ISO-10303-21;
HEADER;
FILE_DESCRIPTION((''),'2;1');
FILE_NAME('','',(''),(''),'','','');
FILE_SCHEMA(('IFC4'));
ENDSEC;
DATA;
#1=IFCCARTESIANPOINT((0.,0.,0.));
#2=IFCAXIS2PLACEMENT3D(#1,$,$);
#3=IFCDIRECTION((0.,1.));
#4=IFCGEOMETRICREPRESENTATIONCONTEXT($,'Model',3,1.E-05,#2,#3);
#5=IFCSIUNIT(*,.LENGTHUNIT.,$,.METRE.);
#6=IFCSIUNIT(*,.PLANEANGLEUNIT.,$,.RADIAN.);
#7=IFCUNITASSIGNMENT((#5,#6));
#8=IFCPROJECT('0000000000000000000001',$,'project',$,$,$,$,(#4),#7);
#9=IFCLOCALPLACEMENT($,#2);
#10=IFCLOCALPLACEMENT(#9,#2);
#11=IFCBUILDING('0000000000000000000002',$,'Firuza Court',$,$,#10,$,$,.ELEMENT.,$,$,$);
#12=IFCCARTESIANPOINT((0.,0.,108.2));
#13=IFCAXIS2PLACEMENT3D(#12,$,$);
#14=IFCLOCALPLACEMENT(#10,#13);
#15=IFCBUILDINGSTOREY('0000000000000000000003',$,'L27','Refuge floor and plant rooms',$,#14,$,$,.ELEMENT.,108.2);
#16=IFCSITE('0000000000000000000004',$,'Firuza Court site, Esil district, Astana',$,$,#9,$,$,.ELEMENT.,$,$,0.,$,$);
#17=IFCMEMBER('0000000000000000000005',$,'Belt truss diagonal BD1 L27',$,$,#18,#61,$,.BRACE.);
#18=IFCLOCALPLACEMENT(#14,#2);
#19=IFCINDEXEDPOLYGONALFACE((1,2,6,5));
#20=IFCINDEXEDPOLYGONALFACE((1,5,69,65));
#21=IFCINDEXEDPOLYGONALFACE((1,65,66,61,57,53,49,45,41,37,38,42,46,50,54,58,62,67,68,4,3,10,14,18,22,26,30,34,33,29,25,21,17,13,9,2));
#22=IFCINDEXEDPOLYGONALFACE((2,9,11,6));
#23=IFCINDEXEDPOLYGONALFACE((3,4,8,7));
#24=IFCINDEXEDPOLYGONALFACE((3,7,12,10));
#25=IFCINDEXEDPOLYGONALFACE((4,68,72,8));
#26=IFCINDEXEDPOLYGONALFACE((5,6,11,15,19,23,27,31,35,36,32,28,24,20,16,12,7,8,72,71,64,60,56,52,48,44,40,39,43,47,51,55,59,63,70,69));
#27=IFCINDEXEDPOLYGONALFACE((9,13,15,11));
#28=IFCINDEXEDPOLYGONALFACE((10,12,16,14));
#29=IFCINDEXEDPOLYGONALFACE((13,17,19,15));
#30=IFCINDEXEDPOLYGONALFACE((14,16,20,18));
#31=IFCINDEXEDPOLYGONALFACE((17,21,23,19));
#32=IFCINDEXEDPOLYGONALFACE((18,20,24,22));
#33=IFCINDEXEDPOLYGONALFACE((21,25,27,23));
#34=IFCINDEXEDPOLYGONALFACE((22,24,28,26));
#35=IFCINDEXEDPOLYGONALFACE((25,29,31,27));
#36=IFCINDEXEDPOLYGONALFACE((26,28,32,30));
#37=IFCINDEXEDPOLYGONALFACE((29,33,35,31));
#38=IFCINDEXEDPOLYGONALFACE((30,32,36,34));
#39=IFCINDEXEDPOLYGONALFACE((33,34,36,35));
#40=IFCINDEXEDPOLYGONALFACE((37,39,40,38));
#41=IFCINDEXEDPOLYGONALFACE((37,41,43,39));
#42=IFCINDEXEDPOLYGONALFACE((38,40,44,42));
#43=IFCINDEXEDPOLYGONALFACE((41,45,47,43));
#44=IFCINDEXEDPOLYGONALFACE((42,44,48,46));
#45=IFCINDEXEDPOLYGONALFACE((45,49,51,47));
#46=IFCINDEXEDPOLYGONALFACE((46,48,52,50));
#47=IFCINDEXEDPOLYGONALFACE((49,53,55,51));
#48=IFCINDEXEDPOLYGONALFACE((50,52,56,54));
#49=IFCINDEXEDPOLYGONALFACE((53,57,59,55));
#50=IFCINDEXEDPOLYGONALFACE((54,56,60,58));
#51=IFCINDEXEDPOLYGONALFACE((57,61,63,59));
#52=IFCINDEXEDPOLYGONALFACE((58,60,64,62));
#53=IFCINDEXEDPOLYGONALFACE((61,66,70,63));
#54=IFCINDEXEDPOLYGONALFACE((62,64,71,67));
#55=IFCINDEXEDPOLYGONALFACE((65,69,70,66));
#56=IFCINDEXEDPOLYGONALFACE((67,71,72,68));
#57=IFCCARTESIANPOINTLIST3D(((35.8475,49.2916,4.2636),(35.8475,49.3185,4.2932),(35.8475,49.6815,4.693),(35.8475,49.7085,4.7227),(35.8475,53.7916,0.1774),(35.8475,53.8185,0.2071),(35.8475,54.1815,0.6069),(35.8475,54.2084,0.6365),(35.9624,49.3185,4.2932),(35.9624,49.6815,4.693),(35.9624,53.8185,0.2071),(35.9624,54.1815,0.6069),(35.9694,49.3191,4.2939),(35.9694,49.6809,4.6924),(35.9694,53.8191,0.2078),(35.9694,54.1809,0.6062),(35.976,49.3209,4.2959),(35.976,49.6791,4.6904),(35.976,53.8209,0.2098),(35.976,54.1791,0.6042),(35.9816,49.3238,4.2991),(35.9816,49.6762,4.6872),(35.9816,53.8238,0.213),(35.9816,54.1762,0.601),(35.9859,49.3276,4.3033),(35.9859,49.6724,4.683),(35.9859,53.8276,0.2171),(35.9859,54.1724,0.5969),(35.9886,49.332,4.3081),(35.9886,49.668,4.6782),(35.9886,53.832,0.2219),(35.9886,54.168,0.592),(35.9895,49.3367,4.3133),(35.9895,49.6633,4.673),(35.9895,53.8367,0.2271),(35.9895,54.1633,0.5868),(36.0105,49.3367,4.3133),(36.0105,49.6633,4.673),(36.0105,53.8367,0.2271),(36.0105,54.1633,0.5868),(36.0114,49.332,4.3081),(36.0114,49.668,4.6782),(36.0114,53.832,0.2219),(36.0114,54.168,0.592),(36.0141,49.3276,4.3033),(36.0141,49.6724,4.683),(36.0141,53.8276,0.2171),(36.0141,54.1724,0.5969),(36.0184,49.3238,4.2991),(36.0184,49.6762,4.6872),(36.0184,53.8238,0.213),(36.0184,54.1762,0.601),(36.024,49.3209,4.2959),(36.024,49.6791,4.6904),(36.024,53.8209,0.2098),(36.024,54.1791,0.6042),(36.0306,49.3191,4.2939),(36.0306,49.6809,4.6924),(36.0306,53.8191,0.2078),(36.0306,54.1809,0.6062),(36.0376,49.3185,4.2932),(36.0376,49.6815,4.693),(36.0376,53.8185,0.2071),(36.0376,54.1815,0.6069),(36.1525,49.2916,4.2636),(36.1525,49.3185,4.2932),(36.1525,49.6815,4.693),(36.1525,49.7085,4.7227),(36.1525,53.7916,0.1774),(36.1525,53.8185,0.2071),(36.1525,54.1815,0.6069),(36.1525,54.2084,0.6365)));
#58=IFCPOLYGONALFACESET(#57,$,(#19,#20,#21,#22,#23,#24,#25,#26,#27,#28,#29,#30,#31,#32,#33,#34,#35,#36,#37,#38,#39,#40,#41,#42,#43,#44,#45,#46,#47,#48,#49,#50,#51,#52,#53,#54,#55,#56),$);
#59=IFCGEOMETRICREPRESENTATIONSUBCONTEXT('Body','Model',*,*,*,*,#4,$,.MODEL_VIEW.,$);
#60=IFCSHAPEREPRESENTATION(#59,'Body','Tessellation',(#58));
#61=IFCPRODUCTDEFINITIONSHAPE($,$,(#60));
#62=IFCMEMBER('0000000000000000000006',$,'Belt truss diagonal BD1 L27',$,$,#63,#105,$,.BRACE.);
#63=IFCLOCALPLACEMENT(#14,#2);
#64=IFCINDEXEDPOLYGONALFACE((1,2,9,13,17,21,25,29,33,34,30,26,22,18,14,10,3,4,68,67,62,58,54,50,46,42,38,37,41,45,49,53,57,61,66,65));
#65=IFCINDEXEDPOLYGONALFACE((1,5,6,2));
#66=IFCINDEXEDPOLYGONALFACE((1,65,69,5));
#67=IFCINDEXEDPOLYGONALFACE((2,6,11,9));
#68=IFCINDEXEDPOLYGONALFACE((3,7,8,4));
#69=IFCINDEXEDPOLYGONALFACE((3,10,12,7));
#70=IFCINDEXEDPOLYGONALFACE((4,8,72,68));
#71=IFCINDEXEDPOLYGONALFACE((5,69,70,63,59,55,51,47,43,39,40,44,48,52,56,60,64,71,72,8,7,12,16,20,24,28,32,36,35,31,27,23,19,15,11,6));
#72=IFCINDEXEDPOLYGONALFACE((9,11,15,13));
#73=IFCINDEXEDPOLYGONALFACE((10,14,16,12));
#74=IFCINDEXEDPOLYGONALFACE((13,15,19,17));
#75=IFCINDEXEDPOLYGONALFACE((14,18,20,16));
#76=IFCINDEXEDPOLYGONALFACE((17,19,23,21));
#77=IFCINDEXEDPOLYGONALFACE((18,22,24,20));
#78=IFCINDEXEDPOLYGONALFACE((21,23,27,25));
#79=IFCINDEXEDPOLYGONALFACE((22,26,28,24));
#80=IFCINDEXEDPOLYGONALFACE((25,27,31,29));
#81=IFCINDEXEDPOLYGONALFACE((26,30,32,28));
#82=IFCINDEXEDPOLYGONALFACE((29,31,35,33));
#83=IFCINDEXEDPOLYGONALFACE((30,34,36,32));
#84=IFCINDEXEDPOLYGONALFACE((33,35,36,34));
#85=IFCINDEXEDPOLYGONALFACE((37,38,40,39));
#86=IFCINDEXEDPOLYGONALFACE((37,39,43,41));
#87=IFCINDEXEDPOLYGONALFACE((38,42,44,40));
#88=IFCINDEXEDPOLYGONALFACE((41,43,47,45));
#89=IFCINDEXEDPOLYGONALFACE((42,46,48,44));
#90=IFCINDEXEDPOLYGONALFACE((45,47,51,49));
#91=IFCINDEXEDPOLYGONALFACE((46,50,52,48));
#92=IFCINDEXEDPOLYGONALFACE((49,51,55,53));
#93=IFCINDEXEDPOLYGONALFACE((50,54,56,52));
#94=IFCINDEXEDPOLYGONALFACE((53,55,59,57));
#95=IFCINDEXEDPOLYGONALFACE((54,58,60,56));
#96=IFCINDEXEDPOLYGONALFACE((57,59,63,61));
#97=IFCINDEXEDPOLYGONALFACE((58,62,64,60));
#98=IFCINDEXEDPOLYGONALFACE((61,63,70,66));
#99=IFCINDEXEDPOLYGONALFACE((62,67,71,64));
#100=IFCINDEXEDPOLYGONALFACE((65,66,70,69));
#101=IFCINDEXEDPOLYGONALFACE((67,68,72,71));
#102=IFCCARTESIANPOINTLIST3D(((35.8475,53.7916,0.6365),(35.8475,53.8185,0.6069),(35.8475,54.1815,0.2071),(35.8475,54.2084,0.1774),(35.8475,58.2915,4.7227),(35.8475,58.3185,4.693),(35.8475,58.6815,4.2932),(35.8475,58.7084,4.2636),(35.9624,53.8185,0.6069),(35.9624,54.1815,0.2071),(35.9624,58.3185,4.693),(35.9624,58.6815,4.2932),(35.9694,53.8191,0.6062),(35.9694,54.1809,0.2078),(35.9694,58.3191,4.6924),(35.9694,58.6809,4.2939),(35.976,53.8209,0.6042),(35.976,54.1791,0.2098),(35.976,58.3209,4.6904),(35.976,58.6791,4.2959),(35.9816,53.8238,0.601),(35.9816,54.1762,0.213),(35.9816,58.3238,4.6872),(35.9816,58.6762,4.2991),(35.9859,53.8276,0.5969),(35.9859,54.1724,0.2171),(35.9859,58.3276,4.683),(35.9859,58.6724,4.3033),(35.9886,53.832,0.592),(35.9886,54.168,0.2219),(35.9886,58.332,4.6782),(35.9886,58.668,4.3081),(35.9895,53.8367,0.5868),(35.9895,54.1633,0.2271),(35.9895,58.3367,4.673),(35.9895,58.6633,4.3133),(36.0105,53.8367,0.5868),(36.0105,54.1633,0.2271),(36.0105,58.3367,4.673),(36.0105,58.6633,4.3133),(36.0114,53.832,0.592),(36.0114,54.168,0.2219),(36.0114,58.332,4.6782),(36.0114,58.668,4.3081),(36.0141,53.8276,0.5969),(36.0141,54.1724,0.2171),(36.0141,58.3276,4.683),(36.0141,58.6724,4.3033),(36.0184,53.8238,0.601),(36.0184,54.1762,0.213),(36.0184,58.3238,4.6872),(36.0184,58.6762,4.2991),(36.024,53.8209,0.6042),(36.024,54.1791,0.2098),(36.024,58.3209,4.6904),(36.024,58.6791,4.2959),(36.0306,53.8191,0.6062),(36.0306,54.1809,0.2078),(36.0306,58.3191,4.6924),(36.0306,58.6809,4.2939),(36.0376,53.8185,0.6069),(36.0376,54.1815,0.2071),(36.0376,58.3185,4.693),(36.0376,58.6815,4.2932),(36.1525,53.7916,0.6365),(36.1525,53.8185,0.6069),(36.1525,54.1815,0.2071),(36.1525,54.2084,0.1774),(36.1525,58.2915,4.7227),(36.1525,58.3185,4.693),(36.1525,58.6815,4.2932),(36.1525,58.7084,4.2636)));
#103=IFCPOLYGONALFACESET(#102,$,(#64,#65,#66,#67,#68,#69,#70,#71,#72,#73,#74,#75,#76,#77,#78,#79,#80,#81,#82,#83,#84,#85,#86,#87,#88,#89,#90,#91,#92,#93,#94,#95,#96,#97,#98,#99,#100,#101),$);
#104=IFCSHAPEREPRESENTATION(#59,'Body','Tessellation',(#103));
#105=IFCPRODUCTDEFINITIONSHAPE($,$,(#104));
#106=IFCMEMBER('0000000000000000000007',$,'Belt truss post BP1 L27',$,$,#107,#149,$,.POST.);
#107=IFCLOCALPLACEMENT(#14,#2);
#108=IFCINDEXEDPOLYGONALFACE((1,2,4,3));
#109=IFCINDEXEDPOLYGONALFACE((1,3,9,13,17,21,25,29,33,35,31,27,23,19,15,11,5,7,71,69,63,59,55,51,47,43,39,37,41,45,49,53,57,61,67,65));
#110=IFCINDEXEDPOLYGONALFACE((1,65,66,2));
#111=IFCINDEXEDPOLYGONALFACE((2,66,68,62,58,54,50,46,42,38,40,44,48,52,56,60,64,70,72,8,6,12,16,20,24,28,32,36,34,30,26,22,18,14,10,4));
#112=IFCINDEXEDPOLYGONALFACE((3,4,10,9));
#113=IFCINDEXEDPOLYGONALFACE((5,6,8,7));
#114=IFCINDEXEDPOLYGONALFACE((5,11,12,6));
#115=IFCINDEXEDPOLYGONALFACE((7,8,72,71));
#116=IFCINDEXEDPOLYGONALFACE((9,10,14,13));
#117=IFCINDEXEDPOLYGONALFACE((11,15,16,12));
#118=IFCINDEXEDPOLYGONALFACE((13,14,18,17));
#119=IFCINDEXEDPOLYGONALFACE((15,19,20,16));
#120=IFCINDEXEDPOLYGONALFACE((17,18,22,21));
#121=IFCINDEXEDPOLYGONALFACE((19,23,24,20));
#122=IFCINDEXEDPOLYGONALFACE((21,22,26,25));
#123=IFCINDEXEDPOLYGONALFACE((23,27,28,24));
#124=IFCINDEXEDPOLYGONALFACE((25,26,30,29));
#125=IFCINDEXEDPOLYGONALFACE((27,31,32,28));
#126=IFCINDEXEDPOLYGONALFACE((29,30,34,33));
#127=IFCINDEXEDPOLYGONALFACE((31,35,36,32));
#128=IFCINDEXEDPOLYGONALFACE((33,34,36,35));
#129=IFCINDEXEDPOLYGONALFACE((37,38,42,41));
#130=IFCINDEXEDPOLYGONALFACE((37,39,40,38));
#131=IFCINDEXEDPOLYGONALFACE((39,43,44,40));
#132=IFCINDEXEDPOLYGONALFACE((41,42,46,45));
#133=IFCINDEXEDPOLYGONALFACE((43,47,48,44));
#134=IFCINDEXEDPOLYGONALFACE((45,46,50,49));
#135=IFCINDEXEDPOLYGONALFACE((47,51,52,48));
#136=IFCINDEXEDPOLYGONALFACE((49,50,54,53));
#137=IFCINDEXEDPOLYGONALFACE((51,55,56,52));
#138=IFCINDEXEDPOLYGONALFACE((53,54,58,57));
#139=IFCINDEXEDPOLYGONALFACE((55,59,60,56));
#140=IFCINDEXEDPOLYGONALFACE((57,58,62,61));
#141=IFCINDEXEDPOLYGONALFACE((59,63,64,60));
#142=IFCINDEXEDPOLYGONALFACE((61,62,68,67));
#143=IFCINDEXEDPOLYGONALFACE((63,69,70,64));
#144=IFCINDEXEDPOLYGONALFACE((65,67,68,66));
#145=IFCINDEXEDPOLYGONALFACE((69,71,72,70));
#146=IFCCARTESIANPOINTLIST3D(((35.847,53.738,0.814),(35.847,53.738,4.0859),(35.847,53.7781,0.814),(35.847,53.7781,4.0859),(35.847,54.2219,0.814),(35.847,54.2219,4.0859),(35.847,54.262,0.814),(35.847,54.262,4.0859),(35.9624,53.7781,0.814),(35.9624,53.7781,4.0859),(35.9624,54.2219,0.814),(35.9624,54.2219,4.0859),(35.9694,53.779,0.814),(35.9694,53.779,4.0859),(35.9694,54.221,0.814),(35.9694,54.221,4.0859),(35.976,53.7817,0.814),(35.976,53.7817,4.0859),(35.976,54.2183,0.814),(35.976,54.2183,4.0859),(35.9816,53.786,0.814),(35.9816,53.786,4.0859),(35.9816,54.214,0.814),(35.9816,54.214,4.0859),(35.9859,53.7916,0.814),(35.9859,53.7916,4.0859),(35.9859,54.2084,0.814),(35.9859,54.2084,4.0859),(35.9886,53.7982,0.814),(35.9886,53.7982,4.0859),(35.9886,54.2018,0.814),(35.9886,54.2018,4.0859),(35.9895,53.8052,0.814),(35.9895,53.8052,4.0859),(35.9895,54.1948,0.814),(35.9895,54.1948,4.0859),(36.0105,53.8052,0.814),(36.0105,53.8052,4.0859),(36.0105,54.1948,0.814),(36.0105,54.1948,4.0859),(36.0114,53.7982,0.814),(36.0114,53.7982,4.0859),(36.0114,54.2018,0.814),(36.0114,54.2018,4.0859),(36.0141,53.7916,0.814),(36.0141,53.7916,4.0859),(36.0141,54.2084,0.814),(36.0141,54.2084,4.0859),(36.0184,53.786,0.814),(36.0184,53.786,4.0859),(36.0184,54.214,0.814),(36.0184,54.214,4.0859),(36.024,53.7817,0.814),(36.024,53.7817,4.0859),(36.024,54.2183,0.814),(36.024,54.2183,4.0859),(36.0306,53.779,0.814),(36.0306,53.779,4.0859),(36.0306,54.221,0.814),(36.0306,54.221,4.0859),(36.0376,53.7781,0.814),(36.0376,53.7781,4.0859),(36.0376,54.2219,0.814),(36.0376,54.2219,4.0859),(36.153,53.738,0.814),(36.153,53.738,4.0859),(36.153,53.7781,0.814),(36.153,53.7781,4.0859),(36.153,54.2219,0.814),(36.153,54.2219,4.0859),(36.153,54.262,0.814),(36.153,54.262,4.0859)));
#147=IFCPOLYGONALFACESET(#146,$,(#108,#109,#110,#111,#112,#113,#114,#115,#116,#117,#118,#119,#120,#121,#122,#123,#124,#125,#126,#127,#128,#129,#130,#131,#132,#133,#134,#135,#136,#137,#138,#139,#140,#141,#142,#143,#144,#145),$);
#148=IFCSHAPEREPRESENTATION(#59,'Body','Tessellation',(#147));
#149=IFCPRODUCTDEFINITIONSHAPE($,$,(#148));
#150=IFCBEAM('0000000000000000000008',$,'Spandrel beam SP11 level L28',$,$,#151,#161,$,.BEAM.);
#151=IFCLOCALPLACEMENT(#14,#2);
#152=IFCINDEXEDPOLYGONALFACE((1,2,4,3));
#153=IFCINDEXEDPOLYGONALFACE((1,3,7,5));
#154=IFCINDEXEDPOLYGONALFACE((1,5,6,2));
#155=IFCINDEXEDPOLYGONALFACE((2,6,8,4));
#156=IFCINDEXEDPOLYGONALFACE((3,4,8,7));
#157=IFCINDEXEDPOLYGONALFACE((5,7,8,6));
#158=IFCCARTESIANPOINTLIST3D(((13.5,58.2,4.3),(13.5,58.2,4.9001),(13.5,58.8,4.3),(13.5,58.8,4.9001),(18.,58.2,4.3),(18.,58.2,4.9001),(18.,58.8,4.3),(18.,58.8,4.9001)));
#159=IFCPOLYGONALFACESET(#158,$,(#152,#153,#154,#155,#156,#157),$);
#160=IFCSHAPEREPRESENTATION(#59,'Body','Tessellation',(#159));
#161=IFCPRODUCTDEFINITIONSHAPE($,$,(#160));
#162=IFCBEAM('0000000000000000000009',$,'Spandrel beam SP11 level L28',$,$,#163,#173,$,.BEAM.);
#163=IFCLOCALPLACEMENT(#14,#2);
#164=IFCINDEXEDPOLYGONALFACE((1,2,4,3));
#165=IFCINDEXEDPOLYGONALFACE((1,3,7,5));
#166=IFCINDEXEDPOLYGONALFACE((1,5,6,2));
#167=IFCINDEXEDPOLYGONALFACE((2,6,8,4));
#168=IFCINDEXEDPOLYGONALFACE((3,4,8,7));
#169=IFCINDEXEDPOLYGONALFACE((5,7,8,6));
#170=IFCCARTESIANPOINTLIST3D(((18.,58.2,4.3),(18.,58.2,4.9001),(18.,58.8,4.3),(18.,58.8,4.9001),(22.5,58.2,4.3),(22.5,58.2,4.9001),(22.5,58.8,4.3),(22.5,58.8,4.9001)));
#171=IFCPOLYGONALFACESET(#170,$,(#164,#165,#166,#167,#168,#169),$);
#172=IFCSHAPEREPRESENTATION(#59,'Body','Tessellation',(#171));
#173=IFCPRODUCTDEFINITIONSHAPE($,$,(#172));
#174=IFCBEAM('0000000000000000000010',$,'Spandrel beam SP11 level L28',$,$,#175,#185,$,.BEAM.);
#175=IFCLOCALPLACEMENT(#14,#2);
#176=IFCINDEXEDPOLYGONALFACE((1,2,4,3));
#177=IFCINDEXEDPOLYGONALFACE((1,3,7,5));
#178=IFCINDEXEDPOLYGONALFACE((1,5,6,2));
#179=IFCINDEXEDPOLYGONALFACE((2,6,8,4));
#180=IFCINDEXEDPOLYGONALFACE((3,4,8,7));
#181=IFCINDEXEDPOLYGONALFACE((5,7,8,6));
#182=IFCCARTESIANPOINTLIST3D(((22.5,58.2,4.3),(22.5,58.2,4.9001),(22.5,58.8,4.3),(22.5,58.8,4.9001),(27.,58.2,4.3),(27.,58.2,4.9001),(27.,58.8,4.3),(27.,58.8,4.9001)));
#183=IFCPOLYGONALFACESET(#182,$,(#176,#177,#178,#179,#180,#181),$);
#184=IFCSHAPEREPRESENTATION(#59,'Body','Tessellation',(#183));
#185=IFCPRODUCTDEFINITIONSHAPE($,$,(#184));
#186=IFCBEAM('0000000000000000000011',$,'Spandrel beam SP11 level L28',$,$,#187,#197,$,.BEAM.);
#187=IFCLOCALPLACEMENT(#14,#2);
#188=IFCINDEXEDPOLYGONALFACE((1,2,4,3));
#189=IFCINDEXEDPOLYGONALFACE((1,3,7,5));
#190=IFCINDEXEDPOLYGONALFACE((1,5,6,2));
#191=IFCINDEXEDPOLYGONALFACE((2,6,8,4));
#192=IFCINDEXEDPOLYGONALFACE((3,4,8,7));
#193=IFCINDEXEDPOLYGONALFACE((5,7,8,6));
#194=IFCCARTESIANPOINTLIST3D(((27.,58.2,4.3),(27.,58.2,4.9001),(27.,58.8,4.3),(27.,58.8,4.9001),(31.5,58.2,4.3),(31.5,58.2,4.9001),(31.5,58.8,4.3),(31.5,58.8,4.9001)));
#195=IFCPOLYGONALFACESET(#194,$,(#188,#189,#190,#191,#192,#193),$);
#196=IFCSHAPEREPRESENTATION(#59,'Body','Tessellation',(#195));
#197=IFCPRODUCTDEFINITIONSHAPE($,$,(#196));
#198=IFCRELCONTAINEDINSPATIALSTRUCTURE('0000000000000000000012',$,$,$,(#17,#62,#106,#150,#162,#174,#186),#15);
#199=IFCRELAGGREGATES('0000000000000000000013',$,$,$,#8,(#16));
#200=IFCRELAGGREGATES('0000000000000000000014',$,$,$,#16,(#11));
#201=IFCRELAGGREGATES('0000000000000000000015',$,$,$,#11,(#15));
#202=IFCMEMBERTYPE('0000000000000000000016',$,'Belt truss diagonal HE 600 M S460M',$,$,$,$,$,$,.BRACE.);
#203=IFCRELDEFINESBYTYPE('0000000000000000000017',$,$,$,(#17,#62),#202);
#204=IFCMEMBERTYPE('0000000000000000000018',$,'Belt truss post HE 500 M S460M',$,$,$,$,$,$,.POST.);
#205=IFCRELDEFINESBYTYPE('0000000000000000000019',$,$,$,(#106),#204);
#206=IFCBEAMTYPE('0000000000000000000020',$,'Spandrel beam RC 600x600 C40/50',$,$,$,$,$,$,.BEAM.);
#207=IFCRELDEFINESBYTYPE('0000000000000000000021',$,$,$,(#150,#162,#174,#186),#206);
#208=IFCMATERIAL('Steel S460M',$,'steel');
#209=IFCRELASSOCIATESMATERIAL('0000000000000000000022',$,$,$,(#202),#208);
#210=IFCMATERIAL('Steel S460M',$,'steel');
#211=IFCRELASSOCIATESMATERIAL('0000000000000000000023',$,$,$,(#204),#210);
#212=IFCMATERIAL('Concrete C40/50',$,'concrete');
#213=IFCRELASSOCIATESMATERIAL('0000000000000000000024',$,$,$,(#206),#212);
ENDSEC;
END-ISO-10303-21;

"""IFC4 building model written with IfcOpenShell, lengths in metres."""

from ifc_helpers import new_model, si_unit, direction, frame, origin, origin_2d, place, context, subcontext, project, spatial, rectangle, i_section, extrude, material, material_profile, profile_set, type_object, element, save


model = new_model("IFC4")

# Units and contexts
model_context = context("Model", 3, precision=1e-05, world=origin(), true_north=direction((0.0, 1.0)))
body_context = subcontext(model_context, "Body", "Model", "MODEL_VIEW")
ifc_project = project(units=[si_unit("LENGTHUNIT", "METRE"), si_unit("PLANEANGLEUNIT", "RADIAN")], contexts=[model_context])

# Site, building, storey
site_placement = place(None, origin())
site = spatial("IfcSite", under=ifc_project, at=site_placement, Name="Firuza Court site, Esil district, Astana", CompositionType="ELEMENT", RefElevation=0.0)
building_placement = place(site_placement, origin())
building = spatial("IfcBuilding", under=site, at=building_placement, Name="Firuza Court", CompositionType="ELEMENT")
storey_placement = place(building_placement, frame((0.0, 0.0, 108.2)))
storey = spatial("IfcBuildingStorey", under=building, at=storey_placement, Name="L27", Description="Refuge floor and plant rooms", CompositionType="ELEMENT", Elevation=108.2)

# Members
ifc_material_1 = material(Name="Steel S460M", Category="steel")
ifc_material_profile_1 = material_profile(ifc_material_1, i_section(OverallWidth=0.3049, OverallDepth=0.6201, WebThickness=0.021, FlangeThickness=0.04, FilletRadius=0.0271, at=origin_2d()), Name="HE 600 M")
ifc_profile_set_1 = profile_set([ifc_material_profile_1], Name="Steel S460M")
member_type_1 = type_object("IfcMemberType", Name="Belt truss diagonal HE 600 M S460M", PredefinedType="BRACE", material=ifc_profile_set_1)
for number, where, z_axis, x_axis, name in (
    (1, (36.0, 54.0, 0.407), (0.0, -0.740327, 0.672247), (1.0, 0.0, 0.0), "Belt truss diagonal BD1 L27"),
    (2, (36.0, 54.0, 0.407), (0.0, 0.740327, 0.672247), (-1.0, 0.0, 0.0), "Belt truss diagonal BD1 L27"),
):
    element("IfcMember", number, at=place(storey_placement, frame(where, z_axis=z_axis, x_axis=x_axis)), inside=storey, type_object=member_type_1, Name=name, PredefinedType="BRACE", context=body_context, shape_type="SweptSolid", body=[
        extrude(i_section(OverallWidth=0.3049, OverallDepth=0.6201, WebThickness=0.021, FlangeThickness=0.04, FilletRadius=0.0271, at=origin_2d()), origin(), (0.0, 0.0, 1.0), 6.0784),
    ])
ifc_material_2 = material(Name="Steel S460M", Category="steel")
ifc_material_profile_2 = material_profile(ifc_material_2, i_section(OverallWidth=0.3059, OverallDepth=0.5239, WebThickness=0.021, FlangeThickness=0.04, FilletRadius=0.0271, at=origin_2d()), Name="HE 500 M")
ifc_profile_set_2 = profile_set([ifc_material_profile_2], Name="Steel S460M")
member_type_2 = type_object("IfcMemberType", Name="Belt truss post HE 500 M S460M", PredefinedType="POST", material=ifc_profile_set_2)
member_1_placement = place(storey_placement, frame((36.0, 54.0, 0.814), z_axis=(0.0, 0.0, 1.0), x_axis=(1.0, 0.0, 0.0)))
element("IfcMember", 3, at=member_1_placement, inside=storey, type_object=member_type_2, Name="Belt truss post BP1 L27", PredefinedType="POST", context=body_context, shape_type="SweptSolid", body=[
    extrude(i_section(OverallWidth=0.3059, OverallDepth=0.5239, WebThickness=0.021, FlangeThickness=0.04, FilletRadius=0.0271, at=origin_2d()), origin(), (0.0, 0.0, 1.0), 3.272),
])

# Beams
ifc_material_3 = material(Name="Concrete C40/50", Category="concrete")
ifc_material_profile_3 = material_profile(ifc_material_3, rectangle(XDim=0.6001, YDim=0.6001, at=origin_2d()), Name="RC 600x600")
ifc_profile_set_3 = profile_set([ifc_material_profile_3], Name="Concrete C40/50")
beam_type = type_object("IfcBeamType", Name="Spandrel beam RC 600x600 C40/50", PredefinedType="BEAM", material=ifc_profile_set_3)
for number, where, z_axis, x_axis, name in (
    (4, (18.0, 58.5, 4.6001), (-1.0, 0.0, 0.0), (0.0, -1.0, 0.0), "Spandrel beam SP11 level L28"),
    (5, (22.5, 58.5, 4.6001), (-1.0, 0.0, 0.0), (0.0, -1.0, 0.0), "Spandrel beam SP11 level L28"),
    (6, (27.0, 58.5, 4.6001), (-1.0, 0.0, 0.0), (0.0, -1.0, 0.0), "Spandrel beam SP11 level L28"),
    (7, (31.5, 58.5, 4.6001), (-1.0, 0.0, 0.0), (0.0, -1.0, 0.0), "Spandrel beam SP11 level L28"),
):
    element("IfcBeam", number, at=place(storey_placement, frame(where, z_axis=z_axis, x_axis=x_axis)), inside=storey, type_object=beam_type, Name=name, PredefinedType="BEAM", context=body_context, shape_type="SweptSolid", body=[
        extrude(rectangle(XDim=0.6001, YDim=0.6001, at=origin_2d()), origin(), (0.0, 0.0, 1.0), 4.5),
    ])

save(model, "model.ifc")
